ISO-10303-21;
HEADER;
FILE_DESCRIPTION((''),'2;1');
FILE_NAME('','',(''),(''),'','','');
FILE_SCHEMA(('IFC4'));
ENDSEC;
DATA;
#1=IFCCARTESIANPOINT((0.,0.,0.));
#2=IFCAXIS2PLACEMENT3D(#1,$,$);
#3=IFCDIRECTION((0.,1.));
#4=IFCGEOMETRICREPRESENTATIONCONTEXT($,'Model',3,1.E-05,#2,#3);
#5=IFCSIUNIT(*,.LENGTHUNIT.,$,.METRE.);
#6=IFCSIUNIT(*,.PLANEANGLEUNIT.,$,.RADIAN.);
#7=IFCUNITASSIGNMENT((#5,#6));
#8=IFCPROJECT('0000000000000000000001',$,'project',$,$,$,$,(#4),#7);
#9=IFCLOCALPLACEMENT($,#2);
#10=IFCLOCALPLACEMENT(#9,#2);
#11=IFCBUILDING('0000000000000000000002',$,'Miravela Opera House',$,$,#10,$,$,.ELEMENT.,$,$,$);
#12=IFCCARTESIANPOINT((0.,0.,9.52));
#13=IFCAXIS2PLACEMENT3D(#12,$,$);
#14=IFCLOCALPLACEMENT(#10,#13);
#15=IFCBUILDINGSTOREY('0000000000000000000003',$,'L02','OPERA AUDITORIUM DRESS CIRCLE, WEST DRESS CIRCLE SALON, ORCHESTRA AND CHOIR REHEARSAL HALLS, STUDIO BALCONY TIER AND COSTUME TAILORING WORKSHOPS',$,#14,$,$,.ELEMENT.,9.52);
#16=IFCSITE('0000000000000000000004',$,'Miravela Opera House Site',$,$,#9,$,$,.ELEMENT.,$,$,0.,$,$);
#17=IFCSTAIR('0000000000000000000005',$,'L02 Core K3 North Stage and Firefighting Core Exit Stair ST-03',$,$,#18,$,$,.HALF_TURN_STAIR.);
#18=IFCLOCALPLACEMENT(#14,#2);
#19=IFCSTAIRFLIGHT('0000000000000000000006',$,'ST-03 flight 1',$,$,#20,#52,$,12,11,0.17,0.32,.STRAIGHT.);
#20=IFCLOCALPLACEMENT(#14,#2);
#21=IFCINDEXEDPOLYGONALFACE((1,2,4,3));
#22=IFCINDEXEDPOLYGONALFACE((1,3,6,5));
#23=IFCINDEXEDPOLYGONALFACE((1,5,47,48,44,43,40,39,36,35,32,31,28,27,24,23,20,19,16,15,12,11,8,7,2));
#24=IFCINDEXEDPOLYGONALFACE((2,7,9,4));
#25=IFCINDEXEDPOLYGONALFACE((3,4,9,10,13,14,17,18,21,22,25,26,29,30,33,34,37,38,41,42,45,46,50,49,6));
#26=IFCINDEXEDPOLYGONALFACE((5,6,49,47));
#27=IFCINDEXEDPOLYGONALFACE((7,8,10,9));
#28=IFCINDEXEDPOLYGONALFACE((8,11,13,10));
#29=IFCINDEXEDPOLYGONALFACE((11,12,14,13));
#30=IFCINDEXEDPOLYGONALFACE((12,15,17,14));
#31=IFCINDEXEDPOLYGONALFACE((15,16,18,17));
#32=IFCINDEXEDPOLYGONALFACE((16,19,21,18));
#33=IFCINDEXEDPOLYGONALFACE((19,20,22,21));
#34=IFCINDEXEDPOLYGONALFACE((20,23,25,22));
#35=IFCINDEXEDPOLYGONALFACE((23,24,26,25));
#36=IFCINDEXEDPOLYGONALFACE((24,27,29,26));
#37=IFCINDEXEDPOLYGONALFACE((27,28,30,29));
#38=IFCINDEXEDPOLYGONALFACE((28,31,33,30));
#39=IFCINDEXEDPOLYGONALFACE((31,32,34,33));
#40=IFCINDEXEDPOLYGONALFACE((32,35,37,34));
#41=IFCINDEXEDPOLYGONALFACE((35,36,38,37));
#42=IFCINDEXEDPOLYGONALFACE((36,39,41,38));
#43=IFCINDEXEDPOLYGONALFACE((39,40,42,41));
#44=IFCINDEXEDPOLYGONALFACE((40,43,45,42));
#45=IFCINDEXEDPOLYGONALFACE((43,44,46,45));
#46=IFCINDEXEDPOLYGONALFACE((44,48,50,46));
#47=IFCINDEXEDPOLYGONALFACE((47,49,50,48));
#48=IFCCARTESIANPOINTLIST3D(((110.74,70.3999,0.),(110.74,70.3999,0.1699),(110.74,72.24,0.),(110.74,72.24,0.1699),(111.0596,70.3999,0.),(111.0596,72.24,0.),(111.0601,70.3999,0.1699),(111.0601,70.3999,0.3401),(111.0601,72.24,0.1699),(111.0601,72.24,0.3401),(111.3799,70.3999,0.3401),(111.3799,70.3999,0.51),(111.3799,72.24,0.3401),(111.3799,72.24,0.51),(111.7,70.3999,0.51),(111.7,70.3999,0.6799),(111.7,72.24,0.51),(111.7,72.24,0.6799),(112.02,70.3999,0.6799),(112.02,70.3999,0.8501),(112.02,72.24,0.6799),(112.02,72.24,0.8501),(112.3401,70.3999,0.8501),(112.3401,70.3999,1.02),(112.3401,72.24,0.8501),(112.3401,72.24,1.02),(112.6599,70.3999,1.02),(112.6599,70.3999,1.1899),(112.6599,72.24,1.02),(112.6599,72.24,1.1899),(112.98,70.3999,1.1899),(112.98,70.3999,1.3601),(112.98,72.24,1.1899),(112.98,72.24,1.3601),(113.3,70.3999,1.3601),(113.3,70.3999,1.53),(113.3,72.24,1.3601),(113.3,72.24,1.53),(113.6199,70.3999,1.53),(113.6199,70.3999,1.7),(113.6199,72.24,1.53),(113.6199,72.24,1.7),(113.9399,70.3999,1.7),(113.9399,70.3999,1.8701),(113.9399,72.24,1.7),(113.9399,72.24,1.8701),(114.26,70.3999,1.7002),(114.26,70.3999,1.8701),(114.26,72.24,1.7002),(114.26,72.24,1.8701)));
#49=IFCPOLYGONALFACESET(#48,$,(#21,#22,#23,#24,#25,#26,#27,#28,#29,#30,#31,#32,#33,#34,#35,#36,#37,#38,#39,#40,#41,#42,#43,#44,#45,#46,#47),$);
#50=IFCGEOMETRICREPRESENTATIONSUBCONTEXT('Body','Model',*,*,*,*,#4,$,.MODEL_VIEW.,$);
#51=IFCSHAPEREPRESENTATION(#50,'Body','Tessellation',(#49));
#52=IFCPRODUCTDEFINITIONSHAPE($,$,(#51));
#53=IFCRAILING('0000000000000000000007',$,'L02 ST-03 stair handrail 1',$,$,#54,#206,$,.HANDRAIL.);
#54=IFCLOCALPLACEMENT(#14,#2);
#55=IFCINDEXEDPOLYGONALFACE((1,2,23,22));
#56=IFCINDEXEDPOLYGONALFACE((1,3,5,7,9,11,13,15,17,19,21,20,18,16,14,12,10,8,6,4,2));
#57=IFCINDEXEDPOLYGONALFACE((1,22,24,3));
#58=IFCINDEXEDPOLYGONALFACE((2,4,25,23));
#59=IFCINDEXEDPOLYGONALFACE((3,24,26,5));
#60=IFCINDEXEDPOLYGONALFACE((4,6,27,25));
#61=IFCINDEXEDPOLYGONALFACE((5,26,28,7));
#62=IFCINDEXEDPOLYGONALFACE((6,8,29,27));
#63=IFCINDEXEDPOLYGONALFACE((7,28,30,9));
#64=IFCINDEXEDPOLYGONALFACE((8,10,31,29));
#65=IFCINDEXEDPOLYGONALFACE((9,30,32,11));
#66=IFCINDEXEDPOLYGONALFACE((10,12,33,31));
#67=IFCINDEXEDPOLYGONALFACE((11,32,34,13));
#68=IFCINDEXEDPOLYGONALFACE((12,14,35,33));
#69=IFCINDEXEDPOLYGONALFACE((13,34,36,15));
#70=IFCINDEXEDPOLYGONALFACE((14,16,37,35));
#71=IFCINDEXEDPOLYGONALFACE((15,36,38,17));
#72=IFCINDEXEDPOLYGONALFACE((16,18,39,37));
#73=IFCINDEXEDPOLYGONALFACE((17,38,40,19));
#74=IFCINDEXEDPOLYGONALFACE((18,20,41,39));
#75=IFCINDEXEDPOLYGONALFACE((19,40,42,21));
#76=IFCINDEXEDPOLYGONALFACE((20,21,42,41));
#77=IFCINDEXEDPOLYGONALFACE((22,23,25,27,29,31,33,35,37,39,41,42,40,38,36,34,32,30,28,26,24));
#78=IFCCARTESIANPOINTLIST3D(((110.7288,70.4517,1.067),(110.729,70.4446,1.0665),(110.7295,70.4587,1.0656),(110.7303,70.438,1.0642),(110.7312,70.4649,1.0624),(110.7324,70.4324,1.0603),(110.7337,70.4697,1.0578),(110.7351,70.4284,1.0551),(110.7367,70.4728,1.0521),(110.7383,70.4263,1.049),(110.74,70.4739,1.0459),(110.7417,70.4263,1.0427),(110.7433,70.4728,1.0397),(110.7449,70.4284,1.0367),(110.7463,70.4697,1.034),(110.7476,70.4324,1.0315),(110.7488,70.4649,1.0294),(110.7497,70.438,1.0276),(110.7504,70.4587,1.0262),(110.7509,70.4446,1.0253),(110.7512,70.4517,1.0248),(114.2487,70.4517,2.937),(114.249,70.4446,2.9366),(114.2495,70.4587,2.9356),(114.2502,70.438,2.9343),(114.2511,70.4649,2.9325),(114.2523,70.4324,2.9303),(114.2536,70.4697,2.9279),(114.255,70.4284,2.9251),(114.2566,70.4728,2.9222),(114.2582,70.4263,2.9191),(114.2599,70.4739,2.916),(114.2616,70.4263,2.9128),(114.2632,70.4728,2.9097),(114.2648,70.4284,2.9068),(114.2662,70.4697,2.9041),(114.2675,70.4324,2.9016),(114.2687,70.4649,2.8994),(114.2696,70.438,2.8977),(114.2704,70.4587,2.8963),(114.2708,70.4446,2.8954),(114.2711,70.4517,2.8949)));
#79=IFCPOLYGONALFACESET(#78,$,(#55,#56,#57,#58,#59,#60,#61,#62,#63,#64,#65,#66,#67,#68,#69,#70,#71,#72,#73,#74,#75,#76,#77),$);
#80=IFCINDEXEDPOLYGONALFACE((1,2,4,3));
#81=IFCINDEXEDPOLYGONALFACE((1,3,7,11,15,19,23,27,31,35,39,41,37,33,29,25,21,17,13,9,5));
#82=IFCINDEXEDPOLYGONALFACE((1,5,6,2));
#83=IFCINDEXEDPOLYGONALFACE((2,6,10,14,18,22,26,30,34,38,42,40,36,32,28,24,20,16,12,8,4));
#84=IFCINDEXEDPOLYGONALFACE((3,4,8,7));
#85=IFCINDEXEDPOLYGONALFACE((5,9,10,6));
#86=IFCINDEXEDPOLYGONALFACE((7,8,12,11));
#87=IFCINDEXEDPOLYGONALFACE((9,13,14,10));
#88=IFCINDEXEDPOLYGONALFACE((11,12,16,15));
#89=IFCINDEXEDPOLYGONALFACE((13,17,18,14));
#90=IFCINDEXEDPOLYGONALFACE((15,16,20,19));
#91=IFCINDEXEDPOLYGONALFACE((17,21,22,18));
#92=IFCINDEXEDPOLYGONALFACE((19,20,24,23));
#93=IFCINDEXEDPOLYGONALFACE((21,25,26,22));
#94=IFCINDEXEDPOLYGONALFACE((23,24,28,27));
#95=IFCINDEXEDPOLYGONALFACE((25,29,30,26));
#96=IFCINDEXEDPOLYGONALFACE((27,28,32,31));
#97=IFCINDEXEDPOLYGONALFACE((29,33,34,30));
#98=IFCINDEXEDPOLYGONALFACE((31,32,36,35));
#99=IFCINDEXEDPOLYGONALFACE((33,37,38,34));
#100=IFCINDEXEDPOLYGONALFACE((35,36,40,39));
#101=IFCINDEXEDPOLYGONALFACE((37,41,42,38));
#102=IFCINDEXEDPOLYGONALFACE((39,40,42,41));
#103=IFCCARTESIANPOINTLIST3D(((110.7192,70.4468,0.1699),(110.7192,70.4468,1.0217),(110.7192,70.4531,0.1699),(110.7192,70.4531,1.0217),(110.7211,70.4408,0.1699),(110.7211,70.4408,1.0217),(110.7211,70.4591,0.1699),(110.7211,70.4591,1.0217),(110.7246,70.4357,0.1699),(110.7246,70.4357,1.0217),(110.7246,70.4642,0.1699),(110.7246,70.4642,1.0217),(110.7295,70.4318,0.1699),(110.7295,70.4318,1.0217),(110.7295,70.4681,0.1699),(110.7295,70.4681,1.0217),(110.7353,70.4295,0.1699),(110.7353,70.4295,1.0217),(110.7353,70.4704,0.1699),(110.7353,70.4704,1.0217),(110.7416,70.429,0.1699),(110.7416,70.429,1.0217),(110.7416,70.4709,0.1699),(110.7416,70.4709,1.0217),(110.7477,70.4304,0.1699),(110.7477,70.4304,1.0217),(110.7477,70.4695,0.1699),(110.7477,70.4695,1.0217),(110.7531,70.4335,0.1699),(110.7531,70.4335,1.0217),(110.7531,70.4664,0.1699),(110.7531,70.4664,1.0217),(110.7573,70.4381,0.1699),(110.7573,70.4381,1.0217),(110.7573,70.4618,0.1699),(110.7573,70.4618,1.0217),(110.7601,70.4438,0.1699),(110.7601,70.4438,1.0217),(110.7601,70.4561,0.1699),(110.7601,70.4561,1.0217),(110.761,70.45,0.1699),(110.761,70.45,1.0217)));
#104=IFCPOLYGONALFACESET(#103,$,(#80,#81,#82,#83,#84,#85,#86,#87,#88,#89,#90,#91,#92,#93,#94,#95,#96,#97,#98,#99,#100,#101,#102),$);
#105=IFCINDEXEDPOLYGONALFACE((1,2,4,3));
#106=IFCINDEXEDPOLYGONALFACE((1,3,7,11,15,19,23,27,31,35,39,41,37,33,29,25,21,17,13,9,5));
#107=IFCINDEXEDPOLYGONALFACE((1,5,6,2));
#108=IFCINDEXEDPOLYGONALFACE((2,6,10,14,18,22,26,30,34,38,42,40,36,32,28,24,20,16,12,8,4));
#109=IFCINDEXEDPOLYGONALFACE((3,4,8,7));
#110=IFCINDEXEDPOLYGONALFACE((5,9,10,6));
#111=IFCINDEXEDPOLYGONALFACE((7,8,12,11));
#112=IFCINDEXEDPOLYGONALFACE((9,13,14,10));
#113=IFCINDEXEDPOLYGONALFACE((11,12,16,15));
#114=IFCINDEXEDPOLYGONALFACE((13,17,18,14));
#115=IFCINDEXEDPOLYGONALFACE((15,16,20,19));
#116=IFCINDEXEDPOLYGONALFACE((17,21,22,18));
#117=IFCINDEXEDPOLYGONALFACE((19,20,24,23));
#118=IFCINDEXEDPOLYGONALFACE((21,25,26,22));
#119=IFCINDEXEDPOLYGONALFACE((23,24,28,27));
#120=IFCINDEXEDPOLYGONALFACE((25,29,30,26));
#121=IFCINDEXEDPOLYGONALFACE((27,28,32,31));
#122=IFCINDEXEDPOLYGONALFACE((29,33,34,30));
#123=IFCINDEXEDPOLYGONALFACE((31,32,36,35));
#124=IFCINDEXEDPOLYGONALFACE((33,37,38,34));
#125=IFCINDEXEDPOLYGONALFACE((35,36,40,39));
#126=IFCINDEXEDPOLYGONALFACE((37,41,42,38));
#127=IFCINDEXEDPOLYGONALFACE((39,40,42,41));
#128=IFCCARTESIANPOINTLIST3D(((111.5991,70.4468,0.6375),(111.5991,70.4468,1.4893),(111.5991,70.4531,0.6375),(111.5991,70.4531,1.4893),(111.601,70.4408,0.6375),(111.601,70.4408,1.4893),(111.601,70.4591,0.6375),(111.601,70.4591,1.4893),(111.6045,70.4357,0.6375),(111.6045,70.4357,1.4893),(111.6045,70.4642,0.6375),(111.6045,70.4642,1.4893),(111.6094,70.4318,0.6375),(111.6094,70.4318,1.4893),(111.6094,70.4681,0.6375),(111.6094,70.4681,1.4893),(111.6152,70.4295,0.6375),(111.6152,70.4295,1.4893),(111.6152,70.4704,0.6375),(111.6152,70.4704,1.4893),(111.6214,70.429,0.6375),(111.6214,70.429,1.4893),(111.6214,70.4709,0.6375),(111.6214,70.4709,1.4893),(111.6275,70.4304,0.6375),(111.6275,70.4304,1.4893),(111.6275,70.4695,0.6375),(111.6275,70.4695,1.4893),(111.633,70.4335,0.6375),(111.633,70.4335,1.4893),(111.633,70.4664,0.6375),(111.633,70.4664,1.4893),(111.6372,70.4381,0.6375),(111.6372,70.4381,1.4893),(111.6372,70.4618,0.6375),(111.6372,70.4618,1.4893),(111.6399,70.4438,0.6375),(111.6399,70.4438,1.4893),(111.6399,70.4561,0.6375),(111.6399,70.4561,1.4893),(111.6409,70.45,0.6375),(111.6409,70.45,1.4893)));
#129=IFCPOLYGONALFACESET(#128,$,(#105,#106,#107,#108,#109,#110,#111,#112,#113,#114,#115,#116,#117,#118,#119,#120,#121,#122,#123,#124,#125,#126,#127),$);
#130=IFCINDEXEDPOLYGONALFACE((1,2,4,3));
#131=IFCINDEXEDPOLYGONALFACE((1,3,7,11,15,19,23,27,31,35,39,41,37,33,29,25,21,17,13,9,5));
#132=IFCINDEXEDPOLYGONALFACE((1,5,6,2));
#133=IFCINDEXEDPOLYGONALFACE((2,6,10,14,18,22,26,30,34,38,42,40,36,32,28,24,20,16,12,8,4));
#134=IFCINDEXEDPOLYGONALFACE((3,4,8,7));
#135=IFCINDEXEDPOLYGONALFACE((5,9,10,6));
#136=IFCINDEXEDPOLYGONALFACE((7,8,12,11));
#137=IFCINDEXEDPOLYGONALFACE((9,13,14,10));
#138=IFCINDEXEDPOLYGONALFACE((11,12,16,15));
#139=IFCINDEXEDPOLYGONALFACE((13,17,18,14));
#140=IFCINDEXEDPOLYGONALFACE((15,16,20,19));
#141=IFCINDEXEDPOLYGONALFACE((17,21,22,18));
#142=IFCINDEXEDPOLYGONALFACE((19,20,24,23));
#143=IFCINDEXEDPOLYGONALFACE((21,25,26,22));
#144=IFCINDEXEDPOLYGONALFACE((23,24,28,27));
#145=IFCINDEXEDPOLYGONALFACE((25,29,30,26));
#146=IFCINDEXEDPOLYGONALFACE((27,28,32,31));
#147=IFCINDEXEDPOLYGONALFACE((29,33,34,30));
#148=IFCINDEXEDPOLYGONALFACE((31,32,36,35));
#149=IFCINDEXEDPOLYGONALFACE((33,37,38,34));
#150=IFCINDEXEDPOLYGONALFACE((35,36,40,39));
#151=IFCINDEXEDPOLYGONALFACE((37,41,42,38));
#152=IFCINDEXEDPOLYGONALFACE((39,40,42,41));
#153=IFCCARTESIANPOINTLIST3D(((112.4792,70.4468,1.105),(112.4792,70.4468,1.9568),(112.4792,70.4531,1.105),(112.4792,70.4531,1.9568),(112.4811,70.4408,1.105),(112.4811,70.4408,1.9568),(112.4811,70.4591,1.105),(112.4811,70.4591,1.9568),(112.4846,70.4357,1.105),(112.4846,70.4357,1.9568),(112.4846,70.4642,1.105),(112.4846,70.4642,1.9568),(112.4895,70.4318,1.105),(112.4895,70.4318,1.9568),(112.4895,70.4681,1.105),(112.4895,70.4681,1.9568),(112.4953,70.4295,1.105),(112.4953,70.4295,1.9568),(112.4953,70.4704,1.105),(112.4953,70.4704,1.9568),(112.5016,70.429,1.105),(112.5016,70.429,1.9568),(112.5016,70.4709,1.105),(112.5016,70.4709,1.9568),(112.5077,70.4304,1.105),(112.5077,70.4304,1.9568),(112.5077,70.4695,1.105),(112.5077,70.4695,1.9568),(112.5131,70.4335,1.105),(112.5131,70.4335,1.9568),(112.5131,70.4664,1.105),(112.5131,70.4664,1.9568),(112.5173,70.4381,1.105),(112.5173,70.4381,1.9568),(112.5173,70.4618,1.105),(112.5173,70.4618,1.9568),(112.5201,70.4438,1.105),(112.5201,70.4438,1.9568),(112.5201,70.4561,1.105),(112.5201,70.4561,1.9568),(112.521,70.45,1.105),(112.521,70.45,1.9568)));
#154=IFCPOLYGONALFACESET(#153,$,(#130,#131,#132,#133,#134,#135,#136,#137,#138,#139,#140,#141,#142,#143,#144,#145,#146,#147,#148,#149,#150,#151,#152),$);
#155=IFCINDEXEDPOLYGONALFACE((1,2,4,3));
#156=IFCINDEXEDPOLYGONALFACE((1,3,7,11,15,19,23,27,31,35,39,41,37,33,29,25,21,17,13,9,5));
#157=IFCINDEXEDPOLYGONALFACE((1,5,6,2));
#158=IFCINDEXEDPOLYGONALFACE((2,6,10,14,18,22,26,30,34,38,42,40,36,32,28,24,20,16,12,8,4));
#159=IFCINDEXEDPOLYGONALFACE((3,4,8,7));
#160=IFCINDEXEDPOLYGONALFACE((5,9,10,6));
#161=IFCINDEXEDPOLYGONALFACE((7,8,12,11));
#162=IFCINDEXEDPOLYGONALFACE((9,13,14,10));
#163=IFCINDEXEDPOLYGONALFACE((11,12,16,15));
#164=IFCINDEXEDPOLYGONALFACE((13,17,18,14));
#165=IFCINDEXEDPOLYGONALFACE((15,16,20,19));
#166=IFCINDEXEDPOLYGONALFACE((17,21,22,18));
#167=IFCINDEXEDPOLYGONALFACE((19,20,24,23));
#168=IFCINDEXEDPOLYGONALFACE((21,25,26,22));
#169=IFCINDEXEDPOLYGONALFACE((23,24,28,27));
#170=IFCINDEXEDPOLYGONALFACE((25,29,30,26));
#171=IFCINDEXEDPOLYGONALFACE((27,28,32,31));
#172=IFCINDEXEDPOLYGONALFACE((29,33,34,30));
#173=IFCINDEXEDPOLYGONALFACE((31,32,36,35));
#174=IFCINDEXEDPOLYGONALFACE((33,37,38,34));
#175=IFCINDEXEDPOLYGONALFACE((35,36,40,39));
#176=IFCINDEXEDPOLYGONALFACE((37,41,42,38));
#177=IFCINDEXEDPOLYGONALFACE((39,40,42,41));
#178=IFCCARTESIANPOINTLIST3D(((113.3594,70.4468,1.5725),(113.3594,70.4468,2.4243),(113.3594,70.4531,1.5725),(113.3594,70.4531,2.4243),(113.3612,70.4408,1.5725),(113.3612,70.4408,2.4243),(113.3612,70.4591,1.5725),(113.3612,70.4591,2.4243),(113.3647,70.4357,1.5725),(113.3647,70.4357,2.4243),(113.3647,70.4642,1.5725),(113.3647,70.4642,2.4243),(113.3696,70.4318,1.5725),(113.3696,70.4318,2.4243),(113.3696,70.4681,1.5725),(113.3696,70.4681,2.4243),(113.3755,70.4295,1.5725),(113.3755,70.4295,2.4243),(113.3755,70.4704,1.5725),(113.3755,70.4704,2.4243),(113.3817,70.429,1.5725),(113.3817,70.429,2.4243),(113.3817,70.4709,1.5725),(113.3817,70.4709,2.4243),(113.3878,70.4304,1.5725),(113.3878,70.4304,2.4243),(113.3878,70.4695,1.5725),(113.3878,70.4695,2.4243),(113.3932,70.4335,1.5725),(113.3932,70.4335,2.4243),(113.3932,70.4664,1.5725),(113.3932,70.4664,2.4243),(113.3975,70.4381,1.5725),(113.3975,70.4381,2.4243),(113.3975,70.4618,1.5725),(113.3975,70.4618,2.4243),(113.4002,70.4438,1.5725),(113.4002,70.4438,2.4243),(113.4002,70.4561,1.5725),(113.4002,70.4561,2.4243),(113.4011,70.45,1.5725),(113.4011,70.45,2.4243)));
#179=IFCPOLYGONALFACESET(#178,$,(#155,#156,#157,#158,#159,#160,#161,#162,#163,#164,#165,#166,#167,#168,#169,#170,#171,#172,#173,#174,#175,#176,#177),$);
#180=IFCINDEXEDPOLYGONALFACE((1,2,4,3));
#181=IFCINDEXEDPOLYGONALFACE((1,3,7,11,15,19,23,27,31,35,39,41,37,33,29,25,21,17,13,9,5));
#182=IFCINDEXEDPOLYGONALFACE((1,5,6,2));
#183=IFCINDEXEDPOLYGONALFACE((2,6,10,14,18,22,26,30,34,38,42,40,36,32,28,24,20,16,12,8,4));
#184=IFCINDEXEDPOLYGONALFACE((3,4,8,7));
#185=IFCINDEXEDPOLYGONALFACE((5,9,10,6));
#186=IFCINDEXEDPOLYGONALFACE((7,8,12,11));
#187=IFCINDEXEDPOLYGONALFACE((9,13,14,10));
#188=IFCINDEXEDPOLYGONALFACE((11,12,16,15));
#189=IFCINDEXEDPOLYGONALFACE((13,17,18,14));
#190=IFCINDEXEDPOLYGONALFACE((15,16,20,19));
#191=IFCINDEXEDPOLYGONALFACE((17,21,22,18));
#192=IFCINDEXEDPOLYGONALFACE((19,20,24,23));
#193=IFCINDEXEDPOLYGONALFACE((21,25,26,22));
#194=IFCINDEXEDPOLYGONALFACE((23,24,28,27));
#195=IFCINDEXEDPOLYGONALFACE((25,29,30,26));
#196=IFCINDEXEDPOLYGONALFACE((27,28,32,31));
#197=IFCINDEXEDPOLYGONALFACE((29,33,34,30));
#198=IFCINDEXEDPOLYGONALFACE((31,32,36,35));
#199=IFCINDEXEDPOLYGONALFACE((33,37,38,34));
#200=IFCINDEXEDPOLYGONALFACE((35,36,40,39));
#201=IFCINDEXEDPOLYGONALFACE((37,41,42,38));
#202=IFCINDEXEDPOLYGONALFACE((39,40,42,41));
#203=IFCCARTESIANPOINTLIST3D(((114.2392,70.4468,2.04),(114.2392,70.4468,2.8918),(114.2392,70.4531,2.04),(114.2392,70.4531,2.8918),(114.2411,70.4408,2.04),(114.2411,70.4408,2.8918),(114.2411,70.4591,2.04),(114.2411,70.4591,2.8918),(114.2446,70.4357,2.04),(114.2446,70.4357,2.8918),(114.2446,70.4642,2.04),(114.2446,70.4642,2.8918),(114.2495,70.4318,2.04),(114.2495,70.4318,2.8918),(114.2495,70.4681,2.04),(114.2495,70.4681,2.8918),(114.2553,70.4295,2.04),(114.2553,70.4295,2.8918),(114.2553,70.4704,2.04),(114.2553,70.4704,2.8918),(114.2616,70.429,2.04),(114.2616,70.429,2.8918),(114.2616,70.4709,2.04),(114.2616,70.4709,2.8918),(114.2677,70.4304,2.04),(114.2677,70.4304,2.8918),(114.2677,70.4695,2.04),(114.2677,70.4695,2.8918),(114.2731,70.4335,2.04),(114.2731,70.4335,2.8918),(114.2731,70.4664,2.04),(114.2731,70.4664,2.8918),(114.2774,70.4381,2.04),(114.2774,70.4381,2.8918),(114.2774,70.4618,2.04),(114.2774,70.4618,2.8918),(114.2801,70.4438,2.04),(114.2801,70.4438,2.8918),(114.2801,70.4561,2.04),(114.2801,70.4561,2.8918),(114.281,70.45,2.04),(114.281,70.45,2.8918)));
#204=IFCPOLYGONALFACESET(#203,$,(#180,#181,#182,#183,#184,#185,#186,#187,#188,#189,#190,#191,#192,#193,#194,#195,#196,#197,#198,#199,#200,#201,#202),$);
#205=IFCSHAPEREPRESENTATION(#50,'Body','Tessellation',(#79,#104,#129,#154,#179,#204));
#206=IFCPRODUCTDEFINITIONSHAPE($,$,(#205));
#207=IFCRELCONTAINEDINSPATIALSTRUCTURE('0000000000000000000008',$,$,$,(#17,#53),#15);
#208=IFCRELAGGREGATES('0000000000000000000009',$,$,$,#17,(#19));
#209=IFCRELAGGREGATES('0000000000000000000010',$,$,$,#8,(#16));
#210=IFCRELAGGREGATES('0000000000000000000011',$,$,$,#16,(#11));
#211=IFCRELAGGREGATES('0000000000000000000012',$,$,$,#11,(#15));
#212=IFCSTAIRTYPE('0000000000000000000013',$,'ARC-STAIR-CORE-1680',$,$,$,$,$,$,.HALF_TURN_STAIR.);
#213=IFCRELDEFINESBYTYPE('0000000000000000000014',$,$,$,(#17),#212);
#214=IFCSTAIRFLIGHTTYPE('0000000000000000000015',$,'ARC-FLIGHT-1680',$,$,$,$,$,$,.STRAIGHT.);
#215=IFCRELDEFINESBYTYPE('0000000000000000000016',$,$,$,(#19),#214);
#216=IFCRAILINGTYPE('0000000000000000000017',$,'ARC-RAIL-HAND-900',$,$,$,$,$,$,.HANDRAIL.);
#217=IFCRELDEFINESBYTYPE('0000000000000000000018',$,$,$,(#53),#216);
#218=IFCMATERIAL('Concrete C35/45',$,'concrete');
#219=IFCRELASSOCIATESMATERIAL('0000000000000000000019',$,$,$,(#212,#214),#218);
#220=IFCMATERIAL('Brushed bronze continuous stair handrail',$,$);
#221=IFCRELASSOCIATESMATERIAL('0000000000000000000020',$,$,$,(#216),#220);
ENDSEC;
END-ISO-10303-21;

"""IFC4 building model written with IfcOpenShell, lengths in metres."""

from ifc_helpers import new_model, si_unit, direction, frame, origin, origin_2d, place, context, subcontext, project, spatial, polyline, circle, outline, extrude, material, type_object, element, aggregate, save


model = new_model("IFC4")

# Units and contexts
model_context = context("Model", 3, precision=1e-05, world=origin(), true_north=direction((0.0, 1.0)))
body_context = subcontext(model_context, "Body", "Model", "MODEL_VIEW")
ifc_project = project(units=[si_unit("LENGTHUNIT", "METRE"), si_unit("PLANEANGLEUNIT", "RADIAN")], contexts=[model_context])

# Site, building, storey
site_placement = place(None, origin())
site = spatial("IfcSite", under=ifc_project, at=site_placement, Name="Miravela Opera House Site", CompositionType="ELEMENT", RefElevation=0.0)
building_placement = place(site_placement, origin())
building = spatial("IfcBuilding", under=site, at=building_placement, Name="Miravela Opera House", CompositionType="ELEMENT")
storey_placement = place(building_placement, frame((0.0, 0.0, 9.52)))
storey = spatial("IfcBuildingStorey", under=building, at=storey_placement, Name="L02", Description="OPERA AUDITORIUM DRESS CIRCLE, WEST DRESS CIRCLE SALON, ORCHESTRA AND CHOIR REHEARSAL HALLS, STUDIO BALCONY TIER AND COSTUME TAILORING WORKSHOPS", CompositionType="ELEMENT", Elevation=9.52)

# Shared definitions
ifc_material_1 = material(Name="Concrete C35/45", Category="concrete")

# Stair, stair flight
stair_type = type_object("IfcStairType", Name="ARC-STAIR-CORE-1680", PredefinedType="HALF_TURN_STAIR", material=ifc_material_1)
stair_placement = place(storey_placement, origin())
stair = element("IfcStair", 1, at=stair_placement, inside=storey, type_object=stair_type, Name="L02 Core K3 North Stage and Firefighting Core Exit Stair ST-03", PredefinedType="HALF_TURN_STAIR")
stair_flight_type = type_object("IfcStairFlightType", Name="ARC-FLIGHT-1680", PredefinedType="STRAIGHT", material=ifc_material_1)
stair_flight_placement = place(storey_placement, frame((110.74, 71.3201, 0.0), z_axis=(0.0, 0.0, 1.0), x_axis=(1.0, 0.0, 0.0)))
stair_flight = element("IfcStairFlight", 2, at=stair_flight_placement, type_object=stair_flight_type, Name="ST-03 flight 1", NumberOfRisers=12, NumberOfTreads=11, PredefinedType="STRAIGHT", RiserHeight=0.17, TreadLength=0.32, context=body_context, shape_type="SweptSolid", body=[
    extrude(outline(polyline([(0.0, 0.0), (0.0, 0.1699), (0.3201, 0.1699), (0.3201, 0.3401), (0.6399, 0.3401), (0.6399, 0.51), (0.96, 0.51), (0.96, 0.6799), (1.28, 0.6799), (1.28, 0.8501), (1.6001, 0.8501), (1.6001, 1.02), (1.9199, 1.02), (1.9199, 1.1899), (2.24, 1.1899), (2.24, 1.3601), (2.5601, 1.3601), (2.5601, 1.53), (2.8799, 1.53), (2.8799, 1.7), (3.2, 1.7), (3.2, 1.8701), (3.52, 1.8701), (3.52, 2.04), (3.52, 1.7002), (0.3196, 0.0), (0.0, 0.0)])), frame((0.0, 0.9199, 0.0), z_axis=(0.0, -1.0, 0.0), x_axis=(1.0, 0.0, 0.0)), (0.0, 0.0, 1.0), 1.8401),
])
aggregate(stair, [stair_flight])

# Railing
ifc_material_2 = material(Name="Brushed bronze continuous stair handrail")
railing_type_1 = type_object("IfcRailingType", Name="ARC-RAIL-HAND-900", PredefinedType="HANDRAIL", material=ifc_material_2)
railing_1_placement = place(storey_placement, frame((110.74, 70.45, 0.1699)))
element("IfcRailing", 3, at=railing_1_placement, inside=storey, type_object=railing_type_1, Name="L02 ST-03 stair handrail 1", PredefinedType="HANDRAIL", context=body_context, shape_type="SweptSolid", body=[
    extrude(circle(Radius=0.0239, at=origin_2d()), frame((0.0, 0.0, 0.876), z_axis=(0.883105, 0.0, 0.469176), x_axis=(0.0, 1.0, 0.0)), (0.0, 0.0, 1.0), 3.9858),
    extrude(circle(Radius=0.021, at=origin_2d()), origin(), (0.0, 0.0, 1.0), 0.8518),
    extrude(circle(Radius=0.021, at=origin_2d()), frame((0.8799, 0.0, 0.4675)), (0.0, 0.0, 1.0), 0.8518),
    extrude(circle(Radius=0.021, at=origin_2d()), frame((1.76, 0.0, 0.9351)), (0.0, 0.0, 1.0), 0.8518),
    extrude(circle(Radius=0.021, at=origin_2d()), frame((2.6401, 0.0, 1.4026)), (0.0, 0.0, 1.0), 0.8518),
    extrude(circle(Radius=0.021, at=origin_2d()), frame((3.52, 0.0, 1.8701)), (0.0, 0.0, 1.0), 0.8518),
])

save(model, "model.ifc")
